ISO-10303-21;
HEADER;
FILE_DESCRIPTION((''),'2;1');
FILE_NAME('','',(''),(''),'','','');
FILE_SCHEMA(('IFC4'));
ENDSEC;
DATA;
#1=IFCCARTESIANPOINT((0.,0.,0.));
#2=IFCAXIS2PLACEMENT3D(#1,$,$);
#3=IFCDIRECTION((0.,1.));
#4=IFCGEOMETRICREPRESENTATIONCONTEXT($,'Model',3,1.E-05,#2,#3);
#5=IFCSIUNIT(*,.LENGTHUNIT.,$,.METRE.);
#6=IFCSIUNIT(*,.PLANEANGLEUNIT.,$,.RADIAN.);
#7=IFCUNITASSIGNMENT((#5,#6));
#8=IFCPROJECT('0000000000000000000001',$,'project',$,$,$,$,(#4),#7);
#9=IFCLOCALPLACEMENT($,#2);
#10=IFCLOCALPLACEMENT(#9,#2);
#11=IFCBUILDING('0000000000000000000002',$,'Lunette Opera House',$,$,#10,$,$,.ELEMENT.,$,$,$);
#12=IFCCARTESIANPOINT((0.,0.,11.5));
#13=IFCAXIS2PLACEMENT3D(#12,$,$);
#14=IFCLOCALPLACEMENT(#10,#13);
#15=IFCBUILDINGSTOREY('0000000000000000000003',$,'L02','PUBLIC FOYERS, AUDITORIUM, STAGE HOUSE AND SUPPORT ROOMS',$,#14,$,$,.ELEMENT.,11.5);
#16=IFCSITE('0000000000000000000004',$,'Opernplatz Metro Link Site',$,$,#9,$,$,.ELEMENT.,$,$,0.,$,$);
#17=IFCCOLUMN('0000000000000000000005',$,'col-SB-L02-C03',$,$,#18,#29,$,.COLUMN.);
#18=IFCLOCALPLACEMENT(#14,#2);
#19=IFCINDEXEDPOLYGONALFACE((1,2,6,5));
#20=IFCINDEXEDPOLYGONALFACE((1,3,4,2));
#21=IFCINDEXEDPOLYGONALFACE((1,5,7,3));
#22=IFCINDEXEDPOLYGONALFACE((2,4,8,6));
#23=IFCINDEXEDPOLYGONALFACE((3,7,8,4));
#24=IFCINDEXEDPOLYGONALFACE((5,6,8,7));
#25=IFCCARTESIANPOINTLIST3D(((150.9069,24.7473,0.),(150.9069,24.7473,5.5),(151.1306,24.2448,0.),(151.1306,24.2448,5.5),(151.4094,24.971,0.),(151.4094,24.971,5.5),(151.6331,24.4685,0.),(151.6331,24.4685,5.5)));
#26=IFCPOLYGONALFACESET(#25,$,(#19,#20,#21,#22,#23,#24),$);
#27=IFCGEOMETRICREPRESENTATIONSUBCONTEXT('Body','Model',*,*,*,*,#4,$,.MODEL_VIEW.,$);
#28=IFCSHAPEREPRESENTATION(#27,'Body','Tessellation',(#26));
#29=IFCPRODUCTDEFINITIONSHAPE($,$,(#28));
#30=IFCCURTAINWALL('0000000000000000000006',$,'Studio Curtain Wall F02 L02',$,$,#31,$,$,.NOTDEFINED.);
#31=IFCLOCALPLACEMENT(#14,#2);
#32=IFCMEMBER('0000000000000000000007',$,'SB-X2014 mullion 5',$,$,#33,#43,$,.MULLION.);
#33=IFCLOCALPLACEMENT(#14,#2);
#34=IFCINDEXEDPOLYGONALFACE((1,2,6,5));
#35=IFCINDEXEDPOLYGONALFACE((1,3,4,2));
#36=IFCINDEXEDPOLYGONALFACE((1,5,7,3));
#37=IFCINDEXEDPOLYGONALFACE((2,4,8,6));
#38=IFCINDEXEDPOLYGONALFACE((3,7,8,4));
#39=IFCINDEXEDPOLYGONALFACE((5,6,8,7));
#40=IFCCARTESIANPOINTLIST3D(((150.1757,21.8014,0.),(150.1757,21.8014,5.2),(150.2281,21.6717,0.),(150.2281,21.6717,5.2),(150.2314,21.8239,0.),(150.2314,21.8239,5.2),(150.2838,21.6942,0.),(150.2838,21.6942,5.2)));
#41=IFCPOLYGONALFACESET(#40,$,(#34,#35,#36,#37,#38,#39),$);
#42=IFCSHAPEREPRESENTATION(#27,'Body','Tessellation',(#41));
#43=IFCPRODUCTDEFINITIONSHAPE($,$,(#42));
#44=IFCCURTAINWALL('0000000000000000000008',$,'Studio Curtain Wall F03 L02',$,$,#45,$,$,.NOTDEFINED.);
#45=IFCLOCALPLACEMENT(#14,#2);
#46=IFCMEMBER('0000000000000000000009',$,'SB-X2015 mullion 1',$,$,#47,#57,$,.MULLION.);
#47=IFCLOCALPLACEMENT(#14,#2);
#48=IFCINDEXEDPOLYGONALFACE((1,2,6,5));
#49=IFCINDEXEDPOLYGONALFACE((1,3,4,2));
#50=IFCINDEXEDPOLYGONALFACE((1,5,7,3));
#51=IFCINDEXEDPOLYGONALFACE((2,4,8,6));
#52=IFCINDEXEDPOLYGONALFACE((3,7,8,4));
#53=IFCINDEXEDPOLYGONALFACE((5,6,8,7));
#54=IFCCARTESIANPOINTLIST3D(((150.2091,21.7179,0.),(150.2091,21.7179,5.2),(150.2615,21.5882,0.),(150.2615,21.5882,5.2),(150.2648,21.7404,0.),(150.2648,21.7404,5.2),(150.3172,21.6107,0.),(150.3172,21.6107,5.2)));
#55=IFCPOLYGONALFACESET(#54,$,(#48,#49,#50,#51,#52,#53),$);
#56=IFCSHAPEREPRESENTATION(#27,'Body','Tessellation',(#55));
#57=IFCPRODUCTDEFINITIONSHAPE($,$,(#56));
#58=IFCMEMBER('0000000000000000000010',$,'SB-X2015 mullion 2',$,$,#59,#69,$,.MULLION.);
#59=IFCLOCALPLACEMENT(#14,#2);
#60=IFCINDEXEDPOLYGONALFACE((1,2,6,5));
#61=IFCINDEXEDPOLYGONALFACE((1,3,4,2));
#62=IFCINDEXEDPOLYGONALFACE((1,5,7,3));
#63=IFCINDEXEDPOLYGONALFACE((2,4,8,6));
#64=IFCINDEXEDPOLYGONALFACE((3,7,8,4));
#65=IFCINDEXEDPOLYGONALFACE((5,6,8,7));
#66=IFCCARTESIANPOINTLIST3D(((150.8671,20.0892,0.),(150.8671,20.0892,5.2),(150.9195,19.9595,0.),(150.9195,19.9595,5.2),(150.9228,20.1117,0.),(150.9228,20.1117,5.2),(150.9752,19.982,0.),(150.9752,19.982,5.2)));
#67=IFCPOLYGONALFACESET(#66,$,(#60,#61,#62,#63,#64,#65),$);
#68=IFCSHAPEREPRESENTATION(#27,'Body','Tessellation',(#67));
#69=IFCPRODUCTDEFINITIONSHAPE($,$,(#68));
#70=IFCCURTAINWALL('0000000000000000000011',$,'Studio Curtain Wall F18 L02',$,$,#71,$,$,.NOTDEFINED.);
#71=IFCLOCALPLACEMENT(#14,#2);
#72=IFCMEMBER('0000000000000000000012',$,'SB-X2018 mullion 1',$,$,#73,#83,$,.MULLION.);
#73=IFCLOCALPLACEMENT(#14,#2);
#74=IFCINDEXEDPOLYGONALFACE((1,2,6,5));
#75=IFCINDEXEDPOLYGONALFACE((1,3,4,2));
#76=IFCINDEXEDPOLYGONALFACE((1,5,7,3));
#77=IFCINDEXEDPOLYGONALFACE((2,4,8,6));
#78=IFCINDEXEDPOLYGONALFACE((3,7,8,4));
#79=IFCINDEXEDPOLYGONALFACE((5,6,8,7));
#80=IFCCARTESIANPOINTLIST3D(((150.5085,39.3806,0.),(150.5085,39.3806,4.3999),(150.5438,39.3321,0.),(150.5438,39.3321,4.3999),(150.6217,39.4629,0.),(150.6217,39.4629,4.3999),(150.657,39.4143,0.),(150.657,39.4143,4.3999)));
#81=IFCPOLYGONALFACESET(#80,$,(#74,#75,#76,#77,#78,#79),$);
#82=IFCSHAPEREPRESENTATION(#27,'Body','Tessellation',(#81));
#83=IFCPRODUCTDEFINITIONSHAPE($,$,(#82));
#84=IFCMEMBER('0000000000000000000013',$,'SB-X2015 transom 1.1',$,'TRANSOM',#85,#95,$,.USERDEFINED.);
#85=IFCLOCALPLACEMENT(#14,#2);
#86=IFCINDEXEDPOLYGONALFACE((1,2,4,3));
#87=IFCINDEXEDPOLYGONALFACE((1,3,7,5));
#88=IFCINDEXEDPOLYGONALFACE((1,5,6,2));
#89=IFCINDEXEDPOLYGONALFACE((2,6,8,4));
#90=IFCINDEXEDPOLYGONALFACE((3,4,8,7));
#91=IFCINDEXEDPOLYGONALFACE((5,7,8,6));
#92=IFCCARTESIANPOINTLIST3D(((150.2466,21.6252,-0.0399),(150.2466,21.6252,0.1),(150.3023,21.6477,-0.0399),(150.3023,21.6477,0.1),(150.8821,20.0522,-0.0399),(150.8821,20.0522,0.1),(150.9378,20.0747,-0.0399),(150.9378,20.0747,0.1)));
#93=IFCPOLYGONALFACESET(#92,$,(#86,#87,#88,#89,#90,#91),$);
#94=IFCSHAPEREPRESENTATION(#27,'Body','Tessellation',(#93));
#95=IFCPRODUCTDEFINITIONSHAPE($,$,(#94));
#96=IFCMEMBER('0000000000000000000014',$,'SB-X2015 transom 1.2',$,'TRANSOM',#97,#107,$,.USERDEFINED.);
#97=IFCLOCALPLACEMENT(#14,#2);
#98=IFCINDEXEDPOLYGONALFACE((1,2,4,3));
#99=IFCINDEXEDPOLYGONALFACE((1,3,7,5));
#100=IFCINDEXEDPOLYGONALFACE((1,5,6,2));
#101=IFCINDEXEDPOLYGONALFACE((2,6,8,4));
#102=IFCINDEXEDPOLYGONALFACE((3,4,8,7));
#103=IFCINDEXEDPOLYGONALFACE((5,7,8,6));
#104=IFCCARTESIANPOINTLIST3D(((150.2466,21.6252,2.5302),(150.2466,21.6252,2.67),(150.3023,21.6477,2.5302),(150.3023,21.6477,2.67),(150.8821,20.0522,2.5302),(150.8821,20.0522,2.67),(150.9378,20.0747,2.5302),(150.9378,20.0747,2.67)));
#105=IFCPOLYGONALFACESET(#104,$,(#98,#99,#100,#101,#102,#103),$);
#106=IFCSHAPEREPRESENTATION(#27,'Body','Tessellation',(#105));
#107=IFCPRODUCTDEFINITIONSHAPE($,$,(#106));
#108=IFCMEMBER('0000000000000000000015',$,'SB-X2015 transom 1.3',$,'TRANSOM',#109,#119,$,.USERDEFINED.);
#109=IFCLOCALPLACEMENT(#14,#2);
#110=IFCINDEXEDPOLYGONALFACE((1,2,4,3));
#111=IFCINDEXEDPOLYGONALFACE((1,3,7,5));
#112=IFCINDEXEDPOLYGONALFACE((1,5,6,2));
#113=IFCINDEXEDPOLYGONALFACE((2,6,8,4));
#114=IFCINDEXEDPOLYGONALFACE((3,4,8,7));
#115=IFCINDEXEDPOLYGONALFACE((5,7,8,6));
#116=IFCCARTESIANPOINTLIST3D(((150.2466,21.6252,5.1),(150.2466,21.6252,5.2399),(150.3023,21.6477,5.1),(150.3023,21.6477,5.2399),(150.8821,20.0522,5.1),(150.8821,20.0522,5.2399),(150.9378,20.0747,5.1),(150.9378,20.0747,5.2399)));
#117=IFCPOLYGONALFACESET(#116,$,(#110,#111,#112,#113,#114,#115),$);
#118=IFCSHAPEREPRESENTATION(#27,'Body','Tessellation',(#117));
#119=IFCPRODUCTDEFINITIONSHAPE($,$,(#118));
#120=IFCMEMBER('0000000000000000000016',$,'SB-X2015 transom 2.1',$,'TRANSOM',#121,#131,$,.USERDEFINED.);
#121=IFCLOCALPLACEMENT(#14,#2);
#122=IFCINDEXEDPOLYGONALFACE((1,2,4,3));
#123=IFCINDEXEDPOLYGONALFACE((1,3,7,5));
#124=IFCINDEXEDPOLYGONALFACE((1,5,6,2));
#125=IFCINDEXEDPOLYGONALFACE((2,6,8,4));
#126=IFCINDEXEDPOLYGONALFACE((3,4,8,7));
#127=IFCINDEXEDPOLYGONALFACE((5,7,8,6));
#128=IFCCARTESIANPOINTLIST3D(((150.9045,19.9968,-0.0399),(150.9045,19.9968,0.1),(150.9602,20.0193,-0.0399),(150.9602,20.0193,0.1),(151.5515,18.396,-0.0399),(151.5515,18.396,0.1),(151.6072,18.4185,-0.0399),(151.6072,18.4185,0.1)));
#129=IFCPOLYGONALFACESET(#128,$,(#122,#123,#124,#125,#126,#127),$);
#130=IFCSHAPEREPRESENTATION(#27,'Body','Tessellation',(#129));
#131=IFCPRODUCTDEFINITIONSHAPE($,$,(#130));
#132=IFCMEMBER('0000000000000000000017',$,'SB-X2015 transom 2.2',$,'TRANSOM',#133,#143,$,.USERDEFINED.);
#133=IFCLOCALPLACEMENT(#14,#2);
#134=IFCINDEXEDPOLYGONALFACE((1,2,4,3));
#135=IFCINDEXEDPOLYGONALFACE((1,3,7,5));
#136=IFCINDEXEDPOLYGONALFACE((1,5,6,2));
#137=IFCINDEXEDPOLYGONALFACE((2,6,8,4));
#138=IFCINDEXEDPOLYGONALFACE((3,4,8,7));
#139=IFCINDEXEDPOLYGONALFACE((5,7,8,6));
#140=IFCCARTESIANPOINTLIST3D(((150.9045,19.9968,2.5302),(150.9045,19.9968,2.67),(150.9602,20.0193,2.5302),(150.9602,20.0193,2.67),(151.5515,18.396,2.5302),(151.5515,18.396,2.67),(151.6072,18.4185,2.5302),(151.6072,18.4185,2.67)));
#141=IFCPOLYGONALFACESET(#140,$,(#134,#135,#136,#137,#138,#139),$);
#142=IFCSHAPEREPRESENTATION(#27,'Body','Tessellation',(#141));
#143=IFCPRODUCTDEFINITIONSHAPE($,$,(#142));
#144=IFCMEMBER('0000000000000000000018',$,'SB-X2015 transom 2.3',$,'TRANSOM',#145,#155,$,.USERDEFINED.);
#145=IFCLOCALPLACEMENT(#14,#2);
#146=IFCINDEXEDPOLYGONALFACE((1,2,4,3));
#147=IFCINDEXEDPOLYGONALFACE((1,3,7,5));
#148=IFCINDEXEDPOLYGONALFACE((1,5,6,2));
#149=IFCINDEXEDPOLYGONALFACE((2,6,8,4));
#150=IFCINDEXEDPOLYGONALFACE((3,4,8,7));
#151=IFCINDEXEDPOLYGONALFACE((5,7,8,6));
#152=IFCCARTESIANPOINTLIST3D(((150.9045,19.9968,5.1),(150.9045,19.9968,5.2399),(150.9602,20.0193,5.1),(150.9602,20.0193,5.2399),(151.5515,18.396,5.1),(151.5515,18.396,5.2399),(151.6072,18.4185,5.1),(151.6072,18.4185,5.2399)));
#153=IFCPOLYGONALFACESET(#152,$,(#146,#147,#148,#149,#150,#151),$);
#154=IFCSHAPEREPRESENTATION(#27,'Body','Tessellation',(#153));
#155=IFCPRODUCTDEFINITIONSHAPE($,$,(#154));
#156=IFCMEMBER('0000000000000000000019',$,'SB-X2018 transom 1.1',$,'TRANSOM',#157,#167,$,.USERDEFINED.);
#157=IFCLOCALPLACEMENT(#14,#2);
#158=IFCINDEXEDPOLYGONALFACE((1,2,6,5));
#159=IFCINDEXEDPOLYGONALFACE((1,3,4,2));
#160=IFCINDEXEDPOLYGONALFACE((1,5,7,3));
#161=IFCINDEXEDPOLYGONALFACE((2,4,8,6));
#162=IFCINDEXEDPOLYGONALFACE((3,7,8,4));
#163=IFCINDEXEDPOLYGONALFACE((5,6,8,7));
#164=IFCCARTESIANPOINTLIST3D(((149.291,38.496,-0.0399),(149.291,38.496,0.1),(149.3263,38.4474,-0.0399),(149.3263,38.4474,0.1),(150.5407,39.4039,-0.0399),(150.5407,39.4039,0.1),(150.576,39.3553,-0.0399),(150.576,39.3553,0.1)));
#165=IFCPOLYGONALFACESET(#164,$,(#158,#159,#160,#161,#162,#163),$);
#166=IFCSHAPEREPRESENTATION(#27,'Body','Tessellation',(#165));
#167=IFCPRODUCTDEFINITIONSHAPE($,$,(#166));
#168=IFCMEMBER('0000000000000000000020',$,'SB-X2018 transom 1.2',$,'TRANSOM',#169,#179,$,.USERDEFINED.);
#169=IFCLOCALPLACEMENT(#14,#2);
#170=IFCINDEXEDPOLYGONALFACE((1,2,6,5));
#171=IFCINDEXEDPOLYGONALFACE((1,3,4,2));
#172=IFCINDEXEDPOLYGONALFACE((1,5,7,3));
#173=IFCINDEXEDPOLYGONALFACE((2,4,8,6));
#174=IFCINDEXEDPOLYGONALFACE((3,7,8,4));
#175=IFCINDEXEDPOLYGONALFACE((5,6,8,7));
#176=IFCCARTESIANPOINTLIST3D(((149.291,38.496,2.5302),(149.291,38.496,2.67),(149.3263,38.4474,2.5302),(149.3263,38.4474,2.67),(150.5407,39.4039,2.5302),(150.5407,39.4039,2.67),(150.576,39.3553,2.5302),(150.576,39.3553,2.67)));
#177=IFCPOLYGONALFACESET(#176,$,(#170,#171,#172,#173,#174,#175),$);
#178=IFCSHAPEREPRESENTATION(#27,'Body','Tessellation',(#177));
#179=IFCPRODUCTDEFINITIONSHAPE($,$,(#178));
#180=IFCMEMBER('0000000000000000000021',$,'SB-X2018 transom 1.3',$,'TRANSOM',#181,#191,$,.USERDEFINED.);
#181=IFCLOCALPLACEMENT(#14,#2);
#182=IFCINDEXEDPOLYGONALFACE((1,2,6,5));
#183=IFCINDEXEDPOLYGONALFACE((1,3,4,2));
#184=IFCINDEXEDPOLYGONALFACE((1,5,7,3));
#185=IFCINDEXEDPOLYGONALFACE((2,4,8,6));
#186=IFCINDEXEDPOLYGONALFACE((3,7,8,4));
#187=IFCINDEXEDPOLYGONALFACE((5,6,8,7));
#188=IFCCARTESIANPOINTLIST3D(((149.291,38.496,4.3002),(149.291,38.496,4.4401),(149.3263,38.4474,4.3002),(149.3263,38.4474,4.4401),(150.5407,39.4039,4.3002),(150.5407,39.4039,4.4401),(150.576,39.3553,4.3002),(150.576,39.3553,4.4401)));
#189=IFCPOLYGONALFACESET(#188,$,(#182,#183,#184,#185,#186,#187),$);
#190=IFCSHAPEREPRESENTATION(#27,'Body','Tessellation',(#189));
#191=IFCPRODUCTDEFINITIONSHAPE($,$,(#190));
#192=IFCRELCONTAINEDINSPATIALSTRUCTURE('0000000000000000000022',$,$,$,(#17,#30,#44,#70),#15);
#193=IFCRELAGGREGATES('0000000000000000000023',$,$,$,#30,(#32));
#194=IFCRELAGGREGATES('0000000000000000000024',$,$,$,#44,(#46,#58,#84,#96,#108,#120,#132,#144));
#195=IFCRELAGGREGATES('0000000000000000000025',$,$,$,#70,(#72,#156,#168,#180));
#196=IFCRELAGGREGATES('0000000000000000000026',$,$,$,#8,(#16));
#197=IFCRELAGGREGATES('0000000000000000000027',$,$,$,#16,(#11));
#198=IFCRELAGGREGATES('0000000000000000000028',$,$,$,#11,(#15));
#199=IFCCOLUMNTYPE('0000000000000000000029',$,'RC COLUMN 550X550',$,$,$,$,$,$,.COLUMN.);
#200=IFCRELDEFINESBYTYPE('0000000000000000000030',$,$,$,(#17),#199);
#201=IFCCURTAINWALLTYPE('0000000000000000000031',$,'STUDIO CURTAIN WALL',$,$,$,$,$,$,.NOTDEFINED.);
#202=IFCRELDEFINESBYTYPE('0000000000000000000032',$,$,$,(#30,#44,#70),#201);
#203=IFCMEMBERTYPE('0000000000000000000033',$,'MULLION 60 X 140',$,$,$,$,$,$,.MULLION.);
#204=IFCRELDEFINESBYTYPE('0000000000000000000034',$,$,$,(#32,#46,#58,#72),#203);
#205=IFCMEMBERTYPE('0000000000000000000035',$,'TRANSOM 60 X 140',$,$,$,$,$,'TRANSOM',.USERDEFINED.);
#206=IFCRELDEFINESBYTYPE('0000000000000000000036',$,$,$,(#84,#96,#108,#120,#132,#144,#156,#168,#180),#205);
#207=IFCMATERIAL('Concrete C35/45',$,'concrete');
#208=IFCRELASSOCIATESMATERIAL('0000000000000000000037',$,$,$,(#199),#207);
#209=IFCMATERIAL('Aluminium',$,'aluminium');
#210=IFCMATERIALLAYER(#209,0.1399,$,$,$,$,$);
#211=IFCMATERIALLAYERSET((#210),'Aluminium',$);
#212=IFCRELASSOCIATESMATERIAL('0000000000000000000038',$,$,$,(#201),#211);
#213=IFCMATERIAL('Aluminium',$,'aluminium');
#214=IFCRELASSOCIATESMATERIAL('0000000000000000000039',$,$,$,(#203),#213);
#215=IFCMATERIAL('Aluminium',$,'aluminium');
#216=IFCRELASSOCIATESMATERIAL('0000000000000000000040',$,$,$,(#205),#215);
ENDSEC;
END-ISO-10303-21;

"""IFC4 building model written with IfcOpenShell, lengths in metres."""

from ifc_helpers import new_model, si_unit, direction, frame, origin, origin_2d, place, context, subcontext, project, spatial, rectangle, extrude, material, layer, layer_set, material_profile, profile_set, type_object, element, aggregate, save


model = new_model("IFC4")

# Units and contexts
model_context = context("Model", 3, precision=1e-05, world=origin(), true_north=direction((0.0, 1.0)))
body_context = subcontext(model_context, "Body", "Model", "MODEL_VIEW")
ifc_project = project(units=[si_unit("LENGTHUNIT", "METRE"), si_unit("PLANEANGLEUNIT", "RADIAN")], contexts=[model_context])

# Site, building, storey
site_placement = place(None, origin())
site = spatial("IfcSite", under=ifc_project, at=site_placement, Name="Opernplatz Metro Link Site", CompositionType="ELEMENT", RefElevation=0.0)
building_placement = place(site_placement, origin())
building = spatial("IfcBuilding", under=site, at=building_placement, Name="Lunette Opera House", CompositionType="ELEMENT")
storey_placement = place(building_placement, frame((0.0, 0.0, 11.5)))
storey = spatial("IfcBuildingStorey", under=building, at=storey_placement, Name="L02", Description="PUBLIC FOYERS, AUDITORIUM, STAGE HOUSE AND SUPPORT ROOMS", CompositionType="ELEMENT", Elevation=11.5)

# Column
ifc_material_1 = material(Name="Concrete C35/45", Category="concrete")
ifc_material_profile_1 = material_profile(ifc_material_1, rectangle(XDim=0.55, YDim=0.55, at=origin_2d()), Name="RC COLUMN 550X550")
ifc_profile_set_1 = profile_set([ifc_material_profile_1], Name="Concrete C35/45")
column_type = type_object("IfcColumnType", Name="RC COLUMN 550X550", PredefinedType="COLUMN", material=ifc_profile_set_1)
column_placement = place(storey_placement, frame((151.27, 24.6079, 0.0), z_axis=(0.0, 0.0, 1.0), x_axis=(0.406737, -0.913545, 0.0)))
element("IfcColumn", 1, at=column_placement, inside=storey, type_object=column_type, Name="col-SB-L02-C03", PredefinedType="COLUMN", context=body_context, shape_type="SweptSolid", body=[
    extrude(rectangle(XDim=0.55, YDim=0.55, at=origin_2d()), origin(), (0.0, 0.0, 1.0), 5.5),
])

# Curtain wall, member
ifc_material_2 = material(Name="Aluminium", Category="aluminium")
ifc_layer_1 = layer(ifc_material_2, 0.1399)
ifc_layer_set_1 = layer_set([ifc_layer_1], Name="Aluminium")
curtain_wall_type = type_object("IfcCurtainWallType", Name="STUDIO CURTAIN WALL", PredefinedType="NOTDEFINED", material=ifc_layer_set_1)
curtain_wall_1_placement = place(storey_placement, origin())
curtain_wall_1 = element("IfcCurtainWall", 2, at=curtain_wall_1_placement, inside=storey, type_object=curtain_wall_type, Name="Studio Curtain Wall F02 L02", PredefinedType="NOTDEFINED")
ifc_material_3 = material(Name="Aluminium", Category="aluminium")
ifc_material_profile_2 = material_profile(ifc_material_3, rectangle(XDim=0.0601, YDim=0.1399, at=origin_2d()), Name="MULLION 60 X 140")
ifc_profile_set_2 = profile_set([ifc_material_profile_2], Name="Aluminium")
member_type_1 = type_object("IfcMemberType", Name="MULLION 60 X 140", PredefinedType="MULLION", material=ifc_profile_set_2)
member_1_placement = place(storey_placement, frame((150.2297, 21.7478, 0.0), z_axis=(0.0, 0.0, 1.0), x_axis=(0.927188, 0.374597, 0.0)))
member_1 = element("IfcMember", 3, at=member_1_placement, type_object=member_type_1, Name="SB-X2014 mullion 5", PredefinedType="MULLION", context=body_context, shape_type="SweptSolid", body=[
    extrude(rectangle(XDim=0.0601, YDim=0.1399, at=origin_2d()), origin(), (0.0, 0.0, 1.0), 5.2),
])

# Curtain wall, members
curtain_wall_2_placement = place(storey_placement, origin())
curtain_wall_2 = element("IfcCurtainWall", 4, at=curtain_wall_2_placement, inside=storey, type_object=curtain_wall_type, Name="Studio Curtain Wall F03 L02", PredefinedType="NOTDEFINED")
member_2_placement = place(storey_placement, frame((150.2632, 21.6643, 0.0), z_axis=(0.0, 0.0, 1.0), x_axis=(0.927168, 0.374646, 0.0)))
member_2 = element("IfcMember", 5, at=member_2_placement, type_object=member_type_1, Name="SB-X2015 mullion 1", PredefinedType="MULLION", context=body_context, shape_type="SweptSolid", body=[
    extrude(rectangle(XDim=0.0601, YDim=0.1399, at=origin_2d()), origin(), (0.0, 0.0, 1.0), 5.2),
])
member_3_placement = place(storey_placement, frame((150.9211, 20.0356, 0.0), z_axis=(0.0, 0.0, 1.0), x_axis=(0.927168, 0.374646, 0.0)))
member_3 = element("IfcMember", 6, at=member_3_placement, type_object=member_type_1, Name="SB-X2015 mullion 2", PredefinedType="MULLION", context=body_context, shape_type="SweptSolid", body=[
    extrude(rectangle(XDim=0.0601, YDim=0.1399, at=origin_2d()), origin(), (0.0, 0.0, 1.0), 5.2),
])

# Curtain wall, member
curtain_wall_3_placement = place(storey_placement, origin())
curtain_wall_3 = element("IfcCurtainWall", 7, at=curtain_wall_3_placement, inside=storey, type_object=curtain_wall_type, Name="Studio Curtain Wall F18 L02", PredefinedType="NOTDEFINED")
member_4_placement = place(storey_placement, frame((150.5828, 39.3975, 0.0), z_axis=(0.0, 0.0, 1.0), x_axis=(0.587772, -0.809027, 0.0)))
member_4 = element("IfcMember", 8, at=member_4_placement, type_object=member_type_1, Name="SB-X2018 mullion 1", PredefinedType="MULLION", context=body_context, shape_type="SweptSolid", body=[
    extrude(rectangle(XDim=0.0601, YDim=0.1399, at=origin_2d()), origin(), (0.0, 0.0, 1.0), 4.3999),
])

# Members
ifc_material_4 = material(Name="Aluminium", Category="aluminium")
ifc_material_profile_3 = material_profile(ifc_material_4, rectangle(XDim=0.0601, YDim=0.1399, at=origin_2d()), Name="TRANSOM 60 X 140")
ifc_profile_set_3 = profile_set([ifc_material_profile_3], Name="Aluminium")
member_type_2 = type_object("IfcMemberType", Name="TRANSOM 60 X 140", ElementType="TRANSOM", PredefinedType="USERDEFINED", material=ifc_profile_set_3)
member_5_placement = place(storey_placement, frame((150.2744, 21.6365, 0.03), z_axis=(0.374589, -0.927191, 0.0), x_axis=(0.927191, 0.374589, 0.0)))
member_5 = element("IfcMember", 9, at=member_5_placement, type_object=member_type_2, Name="SB-X2015 transom 1.1", ObjectType="TRANSOM", PredefinedType="USERDEFINED", context=body_context, shape_type="SweptSolid", body=[
    extrude(rectangle(XDim=0.0601, YDim=0.1399, at=origin_2d()), origin(), (0.0, 0.0, 1.0), 1.6965),
])
member_6_placement = place(storey_placement, frame((150.2744, 21.6365, 2.6001), z_axis=(0.374589, -0.927191, 0.0), x_axis=(0.927191, 0.374589, 0.0)))
member_6 = element("IfcMember", 10, at=member_6_placement, type_object=member_type_2, Name="SB-X2015 transom 1.2", ObjectType="TRANSOM", PredefinedType="USERDEFINED", context=body_context, shape_type="SweptSolid", body=[
    extrude(rectangle(XDim=0.0601, YDim=0.1399, at=origin_2d()), origin(), (0.0, 0.0, 1.0), 1.6965),
])
member_7_placement = place(storey_placement, frame((150.2744, 21.6365, 5.1699), z_axis=(0.374589, -0.927191, 0.0), x_axis=(0.927191, 0.374589, 0.0)))
member_7 = element("IfcMember", 11, at=member_7_placement, type_object=member_type_2, Name="SB-X2015 transom 1.3", ObjectType="TRANSOM", PredefinedType="USERDEFINED", context=body_context, shape_type="SweptSolid", body=[
    extrude(rectangle(XDim=0.0601, YDim=0.1399, at=origin_2d()), origin(), (0.0, 0.0, 1.0), 1.6965),
])
member_8_placement = place(storey_placement, frame((150.9324, 20.0081, 0.03), z_axis=(0.374704, -0.927145, 0.0), x_axis=(0.927145, 0.374704, 0.0)))
member_8 = element("IfcMember", 12, at=member_8_placement, type_object=member_type_2, Name="SB-X2015 transom 2.1", ObjectType="TRANSOM", PredefinedType="USERDEFINED", context=body_context, shape_type="SweptSolid", body=[
    extrude(rectangle(XDim=0.0601, YDim=0.1399, at=origin_2d()), origin(), (0.0, 0.0, 1.0), 1.7266),
])
member_9_placement = place(storey_placement, frame((150.9324, 20.0081, 2.6001), z_axis=(0.374704, -0.927145, 0.0), x_axis=(0.927145, 0.374704, 0.0)))
member_9 = element("IfcMember", 13, at=member_9_placement, type_object=member_type_2, Name="SB-X2015 transom 2.2", ObjectType="TRANSOM", PredefinedType="USERDEFINED", context=body_context, shape_type="SweptSolid", body=[
    extrude(rectangle(XDim=0.0601, YDim=0.1399, at=origin_2d()), origin(), (0.0, 0.0, 1.0), 1.7266),
])
member_10_placement = place(storey_placement, frame((150.9324, 20.0081, 5.1699), z_axis=(0.374704, -0.927145, 0.0), x_axis=(0.927145, 0.374704, 0.0)))
member_10 = element("IfcMember", 14, at=member_10_placement, type_object=member_type_2, Name="SB-X2015 transom 2.3", ObjectType="TRANSOM", PredefinedType="USERDEFINED", context=body_context, shape_type="SweptSolid", body=[
    extrude(rectangle(XDim=0.0601, YDim=0.1399, at=origin_2d()), origin(), (0.0, 0.0, 1.0), 1.7266),
])
member_11_placement = place(storey_placement, frame((150.5583, 39.3796, 0.03), z_axis=(-0.80903, -0.587768, 0.0), x_axis=(0.587768, -0.80903, 0.0)))
member_11 = element("IfcMember", 15, at=member_11_placement, type_object=member_type_2, Name="SB-X2018 transom 1.1", ObjectType="TRANSOM", PredefinedType="USERDEFINED", context=body_context, shape_type="SweptSolid", body=[
    extrude(rectangle(XDim=0.0601, YDim=0.1399, at=origin_2d()), origin(), (0.0, 0.0, 1.0), 1.5447),
])
member_12_placement = place(storey_placement, frame((150.5583, 39.3796, 2.6001), z_axis=(-0.80903, -0.587768, 0.0), x_axis=(0.587768, -0.80903, 0.0)))
member_12 = element("IfcMember", 16, at=member_12_placement, type_object=member_type_2, Name="SB-X2018 transom 1.2", ObjectType="TRANSOM", PredefinedType="USERDEFINED", context=body_context, shape_type="SweptSolid", body=[
    extrude(rectangle(XDim=0.0601, YDim=0.1399, at=origin_2d()), origin(), (0.0, 0.0, 1.0), 1.5447),
])
member_13_placement = place(storey_placement, frame((150.5583, 39.3796, 4.3701), z_axis=(-0.80903, -0.587768, 0.0), x_axis=(0.587768, -0.80903, 0.0)))
member_13 = element("IfcMember", 17, at=member_13_placement, type_object=member_type_2, Name="SB-X2018 transom 1.3", ObjectType="TRANSOM", PredefinedType="USERDEFINED", context=body_context, shape_type="SweptSolid", body=[
    extrude(rectangle(XDim=0.0601, YDim=0.1399, at=origin_2d()), origin(), (0.0, 0.0, 1.0), 1.5447),
])

aggregate(curtain_wall_1, [member_1])
aggregate(curtain_wall_2, [member_2, member_3, member_5, member_6, member_7, member_8, member_9, member_10])
aggregate(curtain_wall_3, [member_4, member_11, member_12, member_13])

save(model, "model.ifc")
